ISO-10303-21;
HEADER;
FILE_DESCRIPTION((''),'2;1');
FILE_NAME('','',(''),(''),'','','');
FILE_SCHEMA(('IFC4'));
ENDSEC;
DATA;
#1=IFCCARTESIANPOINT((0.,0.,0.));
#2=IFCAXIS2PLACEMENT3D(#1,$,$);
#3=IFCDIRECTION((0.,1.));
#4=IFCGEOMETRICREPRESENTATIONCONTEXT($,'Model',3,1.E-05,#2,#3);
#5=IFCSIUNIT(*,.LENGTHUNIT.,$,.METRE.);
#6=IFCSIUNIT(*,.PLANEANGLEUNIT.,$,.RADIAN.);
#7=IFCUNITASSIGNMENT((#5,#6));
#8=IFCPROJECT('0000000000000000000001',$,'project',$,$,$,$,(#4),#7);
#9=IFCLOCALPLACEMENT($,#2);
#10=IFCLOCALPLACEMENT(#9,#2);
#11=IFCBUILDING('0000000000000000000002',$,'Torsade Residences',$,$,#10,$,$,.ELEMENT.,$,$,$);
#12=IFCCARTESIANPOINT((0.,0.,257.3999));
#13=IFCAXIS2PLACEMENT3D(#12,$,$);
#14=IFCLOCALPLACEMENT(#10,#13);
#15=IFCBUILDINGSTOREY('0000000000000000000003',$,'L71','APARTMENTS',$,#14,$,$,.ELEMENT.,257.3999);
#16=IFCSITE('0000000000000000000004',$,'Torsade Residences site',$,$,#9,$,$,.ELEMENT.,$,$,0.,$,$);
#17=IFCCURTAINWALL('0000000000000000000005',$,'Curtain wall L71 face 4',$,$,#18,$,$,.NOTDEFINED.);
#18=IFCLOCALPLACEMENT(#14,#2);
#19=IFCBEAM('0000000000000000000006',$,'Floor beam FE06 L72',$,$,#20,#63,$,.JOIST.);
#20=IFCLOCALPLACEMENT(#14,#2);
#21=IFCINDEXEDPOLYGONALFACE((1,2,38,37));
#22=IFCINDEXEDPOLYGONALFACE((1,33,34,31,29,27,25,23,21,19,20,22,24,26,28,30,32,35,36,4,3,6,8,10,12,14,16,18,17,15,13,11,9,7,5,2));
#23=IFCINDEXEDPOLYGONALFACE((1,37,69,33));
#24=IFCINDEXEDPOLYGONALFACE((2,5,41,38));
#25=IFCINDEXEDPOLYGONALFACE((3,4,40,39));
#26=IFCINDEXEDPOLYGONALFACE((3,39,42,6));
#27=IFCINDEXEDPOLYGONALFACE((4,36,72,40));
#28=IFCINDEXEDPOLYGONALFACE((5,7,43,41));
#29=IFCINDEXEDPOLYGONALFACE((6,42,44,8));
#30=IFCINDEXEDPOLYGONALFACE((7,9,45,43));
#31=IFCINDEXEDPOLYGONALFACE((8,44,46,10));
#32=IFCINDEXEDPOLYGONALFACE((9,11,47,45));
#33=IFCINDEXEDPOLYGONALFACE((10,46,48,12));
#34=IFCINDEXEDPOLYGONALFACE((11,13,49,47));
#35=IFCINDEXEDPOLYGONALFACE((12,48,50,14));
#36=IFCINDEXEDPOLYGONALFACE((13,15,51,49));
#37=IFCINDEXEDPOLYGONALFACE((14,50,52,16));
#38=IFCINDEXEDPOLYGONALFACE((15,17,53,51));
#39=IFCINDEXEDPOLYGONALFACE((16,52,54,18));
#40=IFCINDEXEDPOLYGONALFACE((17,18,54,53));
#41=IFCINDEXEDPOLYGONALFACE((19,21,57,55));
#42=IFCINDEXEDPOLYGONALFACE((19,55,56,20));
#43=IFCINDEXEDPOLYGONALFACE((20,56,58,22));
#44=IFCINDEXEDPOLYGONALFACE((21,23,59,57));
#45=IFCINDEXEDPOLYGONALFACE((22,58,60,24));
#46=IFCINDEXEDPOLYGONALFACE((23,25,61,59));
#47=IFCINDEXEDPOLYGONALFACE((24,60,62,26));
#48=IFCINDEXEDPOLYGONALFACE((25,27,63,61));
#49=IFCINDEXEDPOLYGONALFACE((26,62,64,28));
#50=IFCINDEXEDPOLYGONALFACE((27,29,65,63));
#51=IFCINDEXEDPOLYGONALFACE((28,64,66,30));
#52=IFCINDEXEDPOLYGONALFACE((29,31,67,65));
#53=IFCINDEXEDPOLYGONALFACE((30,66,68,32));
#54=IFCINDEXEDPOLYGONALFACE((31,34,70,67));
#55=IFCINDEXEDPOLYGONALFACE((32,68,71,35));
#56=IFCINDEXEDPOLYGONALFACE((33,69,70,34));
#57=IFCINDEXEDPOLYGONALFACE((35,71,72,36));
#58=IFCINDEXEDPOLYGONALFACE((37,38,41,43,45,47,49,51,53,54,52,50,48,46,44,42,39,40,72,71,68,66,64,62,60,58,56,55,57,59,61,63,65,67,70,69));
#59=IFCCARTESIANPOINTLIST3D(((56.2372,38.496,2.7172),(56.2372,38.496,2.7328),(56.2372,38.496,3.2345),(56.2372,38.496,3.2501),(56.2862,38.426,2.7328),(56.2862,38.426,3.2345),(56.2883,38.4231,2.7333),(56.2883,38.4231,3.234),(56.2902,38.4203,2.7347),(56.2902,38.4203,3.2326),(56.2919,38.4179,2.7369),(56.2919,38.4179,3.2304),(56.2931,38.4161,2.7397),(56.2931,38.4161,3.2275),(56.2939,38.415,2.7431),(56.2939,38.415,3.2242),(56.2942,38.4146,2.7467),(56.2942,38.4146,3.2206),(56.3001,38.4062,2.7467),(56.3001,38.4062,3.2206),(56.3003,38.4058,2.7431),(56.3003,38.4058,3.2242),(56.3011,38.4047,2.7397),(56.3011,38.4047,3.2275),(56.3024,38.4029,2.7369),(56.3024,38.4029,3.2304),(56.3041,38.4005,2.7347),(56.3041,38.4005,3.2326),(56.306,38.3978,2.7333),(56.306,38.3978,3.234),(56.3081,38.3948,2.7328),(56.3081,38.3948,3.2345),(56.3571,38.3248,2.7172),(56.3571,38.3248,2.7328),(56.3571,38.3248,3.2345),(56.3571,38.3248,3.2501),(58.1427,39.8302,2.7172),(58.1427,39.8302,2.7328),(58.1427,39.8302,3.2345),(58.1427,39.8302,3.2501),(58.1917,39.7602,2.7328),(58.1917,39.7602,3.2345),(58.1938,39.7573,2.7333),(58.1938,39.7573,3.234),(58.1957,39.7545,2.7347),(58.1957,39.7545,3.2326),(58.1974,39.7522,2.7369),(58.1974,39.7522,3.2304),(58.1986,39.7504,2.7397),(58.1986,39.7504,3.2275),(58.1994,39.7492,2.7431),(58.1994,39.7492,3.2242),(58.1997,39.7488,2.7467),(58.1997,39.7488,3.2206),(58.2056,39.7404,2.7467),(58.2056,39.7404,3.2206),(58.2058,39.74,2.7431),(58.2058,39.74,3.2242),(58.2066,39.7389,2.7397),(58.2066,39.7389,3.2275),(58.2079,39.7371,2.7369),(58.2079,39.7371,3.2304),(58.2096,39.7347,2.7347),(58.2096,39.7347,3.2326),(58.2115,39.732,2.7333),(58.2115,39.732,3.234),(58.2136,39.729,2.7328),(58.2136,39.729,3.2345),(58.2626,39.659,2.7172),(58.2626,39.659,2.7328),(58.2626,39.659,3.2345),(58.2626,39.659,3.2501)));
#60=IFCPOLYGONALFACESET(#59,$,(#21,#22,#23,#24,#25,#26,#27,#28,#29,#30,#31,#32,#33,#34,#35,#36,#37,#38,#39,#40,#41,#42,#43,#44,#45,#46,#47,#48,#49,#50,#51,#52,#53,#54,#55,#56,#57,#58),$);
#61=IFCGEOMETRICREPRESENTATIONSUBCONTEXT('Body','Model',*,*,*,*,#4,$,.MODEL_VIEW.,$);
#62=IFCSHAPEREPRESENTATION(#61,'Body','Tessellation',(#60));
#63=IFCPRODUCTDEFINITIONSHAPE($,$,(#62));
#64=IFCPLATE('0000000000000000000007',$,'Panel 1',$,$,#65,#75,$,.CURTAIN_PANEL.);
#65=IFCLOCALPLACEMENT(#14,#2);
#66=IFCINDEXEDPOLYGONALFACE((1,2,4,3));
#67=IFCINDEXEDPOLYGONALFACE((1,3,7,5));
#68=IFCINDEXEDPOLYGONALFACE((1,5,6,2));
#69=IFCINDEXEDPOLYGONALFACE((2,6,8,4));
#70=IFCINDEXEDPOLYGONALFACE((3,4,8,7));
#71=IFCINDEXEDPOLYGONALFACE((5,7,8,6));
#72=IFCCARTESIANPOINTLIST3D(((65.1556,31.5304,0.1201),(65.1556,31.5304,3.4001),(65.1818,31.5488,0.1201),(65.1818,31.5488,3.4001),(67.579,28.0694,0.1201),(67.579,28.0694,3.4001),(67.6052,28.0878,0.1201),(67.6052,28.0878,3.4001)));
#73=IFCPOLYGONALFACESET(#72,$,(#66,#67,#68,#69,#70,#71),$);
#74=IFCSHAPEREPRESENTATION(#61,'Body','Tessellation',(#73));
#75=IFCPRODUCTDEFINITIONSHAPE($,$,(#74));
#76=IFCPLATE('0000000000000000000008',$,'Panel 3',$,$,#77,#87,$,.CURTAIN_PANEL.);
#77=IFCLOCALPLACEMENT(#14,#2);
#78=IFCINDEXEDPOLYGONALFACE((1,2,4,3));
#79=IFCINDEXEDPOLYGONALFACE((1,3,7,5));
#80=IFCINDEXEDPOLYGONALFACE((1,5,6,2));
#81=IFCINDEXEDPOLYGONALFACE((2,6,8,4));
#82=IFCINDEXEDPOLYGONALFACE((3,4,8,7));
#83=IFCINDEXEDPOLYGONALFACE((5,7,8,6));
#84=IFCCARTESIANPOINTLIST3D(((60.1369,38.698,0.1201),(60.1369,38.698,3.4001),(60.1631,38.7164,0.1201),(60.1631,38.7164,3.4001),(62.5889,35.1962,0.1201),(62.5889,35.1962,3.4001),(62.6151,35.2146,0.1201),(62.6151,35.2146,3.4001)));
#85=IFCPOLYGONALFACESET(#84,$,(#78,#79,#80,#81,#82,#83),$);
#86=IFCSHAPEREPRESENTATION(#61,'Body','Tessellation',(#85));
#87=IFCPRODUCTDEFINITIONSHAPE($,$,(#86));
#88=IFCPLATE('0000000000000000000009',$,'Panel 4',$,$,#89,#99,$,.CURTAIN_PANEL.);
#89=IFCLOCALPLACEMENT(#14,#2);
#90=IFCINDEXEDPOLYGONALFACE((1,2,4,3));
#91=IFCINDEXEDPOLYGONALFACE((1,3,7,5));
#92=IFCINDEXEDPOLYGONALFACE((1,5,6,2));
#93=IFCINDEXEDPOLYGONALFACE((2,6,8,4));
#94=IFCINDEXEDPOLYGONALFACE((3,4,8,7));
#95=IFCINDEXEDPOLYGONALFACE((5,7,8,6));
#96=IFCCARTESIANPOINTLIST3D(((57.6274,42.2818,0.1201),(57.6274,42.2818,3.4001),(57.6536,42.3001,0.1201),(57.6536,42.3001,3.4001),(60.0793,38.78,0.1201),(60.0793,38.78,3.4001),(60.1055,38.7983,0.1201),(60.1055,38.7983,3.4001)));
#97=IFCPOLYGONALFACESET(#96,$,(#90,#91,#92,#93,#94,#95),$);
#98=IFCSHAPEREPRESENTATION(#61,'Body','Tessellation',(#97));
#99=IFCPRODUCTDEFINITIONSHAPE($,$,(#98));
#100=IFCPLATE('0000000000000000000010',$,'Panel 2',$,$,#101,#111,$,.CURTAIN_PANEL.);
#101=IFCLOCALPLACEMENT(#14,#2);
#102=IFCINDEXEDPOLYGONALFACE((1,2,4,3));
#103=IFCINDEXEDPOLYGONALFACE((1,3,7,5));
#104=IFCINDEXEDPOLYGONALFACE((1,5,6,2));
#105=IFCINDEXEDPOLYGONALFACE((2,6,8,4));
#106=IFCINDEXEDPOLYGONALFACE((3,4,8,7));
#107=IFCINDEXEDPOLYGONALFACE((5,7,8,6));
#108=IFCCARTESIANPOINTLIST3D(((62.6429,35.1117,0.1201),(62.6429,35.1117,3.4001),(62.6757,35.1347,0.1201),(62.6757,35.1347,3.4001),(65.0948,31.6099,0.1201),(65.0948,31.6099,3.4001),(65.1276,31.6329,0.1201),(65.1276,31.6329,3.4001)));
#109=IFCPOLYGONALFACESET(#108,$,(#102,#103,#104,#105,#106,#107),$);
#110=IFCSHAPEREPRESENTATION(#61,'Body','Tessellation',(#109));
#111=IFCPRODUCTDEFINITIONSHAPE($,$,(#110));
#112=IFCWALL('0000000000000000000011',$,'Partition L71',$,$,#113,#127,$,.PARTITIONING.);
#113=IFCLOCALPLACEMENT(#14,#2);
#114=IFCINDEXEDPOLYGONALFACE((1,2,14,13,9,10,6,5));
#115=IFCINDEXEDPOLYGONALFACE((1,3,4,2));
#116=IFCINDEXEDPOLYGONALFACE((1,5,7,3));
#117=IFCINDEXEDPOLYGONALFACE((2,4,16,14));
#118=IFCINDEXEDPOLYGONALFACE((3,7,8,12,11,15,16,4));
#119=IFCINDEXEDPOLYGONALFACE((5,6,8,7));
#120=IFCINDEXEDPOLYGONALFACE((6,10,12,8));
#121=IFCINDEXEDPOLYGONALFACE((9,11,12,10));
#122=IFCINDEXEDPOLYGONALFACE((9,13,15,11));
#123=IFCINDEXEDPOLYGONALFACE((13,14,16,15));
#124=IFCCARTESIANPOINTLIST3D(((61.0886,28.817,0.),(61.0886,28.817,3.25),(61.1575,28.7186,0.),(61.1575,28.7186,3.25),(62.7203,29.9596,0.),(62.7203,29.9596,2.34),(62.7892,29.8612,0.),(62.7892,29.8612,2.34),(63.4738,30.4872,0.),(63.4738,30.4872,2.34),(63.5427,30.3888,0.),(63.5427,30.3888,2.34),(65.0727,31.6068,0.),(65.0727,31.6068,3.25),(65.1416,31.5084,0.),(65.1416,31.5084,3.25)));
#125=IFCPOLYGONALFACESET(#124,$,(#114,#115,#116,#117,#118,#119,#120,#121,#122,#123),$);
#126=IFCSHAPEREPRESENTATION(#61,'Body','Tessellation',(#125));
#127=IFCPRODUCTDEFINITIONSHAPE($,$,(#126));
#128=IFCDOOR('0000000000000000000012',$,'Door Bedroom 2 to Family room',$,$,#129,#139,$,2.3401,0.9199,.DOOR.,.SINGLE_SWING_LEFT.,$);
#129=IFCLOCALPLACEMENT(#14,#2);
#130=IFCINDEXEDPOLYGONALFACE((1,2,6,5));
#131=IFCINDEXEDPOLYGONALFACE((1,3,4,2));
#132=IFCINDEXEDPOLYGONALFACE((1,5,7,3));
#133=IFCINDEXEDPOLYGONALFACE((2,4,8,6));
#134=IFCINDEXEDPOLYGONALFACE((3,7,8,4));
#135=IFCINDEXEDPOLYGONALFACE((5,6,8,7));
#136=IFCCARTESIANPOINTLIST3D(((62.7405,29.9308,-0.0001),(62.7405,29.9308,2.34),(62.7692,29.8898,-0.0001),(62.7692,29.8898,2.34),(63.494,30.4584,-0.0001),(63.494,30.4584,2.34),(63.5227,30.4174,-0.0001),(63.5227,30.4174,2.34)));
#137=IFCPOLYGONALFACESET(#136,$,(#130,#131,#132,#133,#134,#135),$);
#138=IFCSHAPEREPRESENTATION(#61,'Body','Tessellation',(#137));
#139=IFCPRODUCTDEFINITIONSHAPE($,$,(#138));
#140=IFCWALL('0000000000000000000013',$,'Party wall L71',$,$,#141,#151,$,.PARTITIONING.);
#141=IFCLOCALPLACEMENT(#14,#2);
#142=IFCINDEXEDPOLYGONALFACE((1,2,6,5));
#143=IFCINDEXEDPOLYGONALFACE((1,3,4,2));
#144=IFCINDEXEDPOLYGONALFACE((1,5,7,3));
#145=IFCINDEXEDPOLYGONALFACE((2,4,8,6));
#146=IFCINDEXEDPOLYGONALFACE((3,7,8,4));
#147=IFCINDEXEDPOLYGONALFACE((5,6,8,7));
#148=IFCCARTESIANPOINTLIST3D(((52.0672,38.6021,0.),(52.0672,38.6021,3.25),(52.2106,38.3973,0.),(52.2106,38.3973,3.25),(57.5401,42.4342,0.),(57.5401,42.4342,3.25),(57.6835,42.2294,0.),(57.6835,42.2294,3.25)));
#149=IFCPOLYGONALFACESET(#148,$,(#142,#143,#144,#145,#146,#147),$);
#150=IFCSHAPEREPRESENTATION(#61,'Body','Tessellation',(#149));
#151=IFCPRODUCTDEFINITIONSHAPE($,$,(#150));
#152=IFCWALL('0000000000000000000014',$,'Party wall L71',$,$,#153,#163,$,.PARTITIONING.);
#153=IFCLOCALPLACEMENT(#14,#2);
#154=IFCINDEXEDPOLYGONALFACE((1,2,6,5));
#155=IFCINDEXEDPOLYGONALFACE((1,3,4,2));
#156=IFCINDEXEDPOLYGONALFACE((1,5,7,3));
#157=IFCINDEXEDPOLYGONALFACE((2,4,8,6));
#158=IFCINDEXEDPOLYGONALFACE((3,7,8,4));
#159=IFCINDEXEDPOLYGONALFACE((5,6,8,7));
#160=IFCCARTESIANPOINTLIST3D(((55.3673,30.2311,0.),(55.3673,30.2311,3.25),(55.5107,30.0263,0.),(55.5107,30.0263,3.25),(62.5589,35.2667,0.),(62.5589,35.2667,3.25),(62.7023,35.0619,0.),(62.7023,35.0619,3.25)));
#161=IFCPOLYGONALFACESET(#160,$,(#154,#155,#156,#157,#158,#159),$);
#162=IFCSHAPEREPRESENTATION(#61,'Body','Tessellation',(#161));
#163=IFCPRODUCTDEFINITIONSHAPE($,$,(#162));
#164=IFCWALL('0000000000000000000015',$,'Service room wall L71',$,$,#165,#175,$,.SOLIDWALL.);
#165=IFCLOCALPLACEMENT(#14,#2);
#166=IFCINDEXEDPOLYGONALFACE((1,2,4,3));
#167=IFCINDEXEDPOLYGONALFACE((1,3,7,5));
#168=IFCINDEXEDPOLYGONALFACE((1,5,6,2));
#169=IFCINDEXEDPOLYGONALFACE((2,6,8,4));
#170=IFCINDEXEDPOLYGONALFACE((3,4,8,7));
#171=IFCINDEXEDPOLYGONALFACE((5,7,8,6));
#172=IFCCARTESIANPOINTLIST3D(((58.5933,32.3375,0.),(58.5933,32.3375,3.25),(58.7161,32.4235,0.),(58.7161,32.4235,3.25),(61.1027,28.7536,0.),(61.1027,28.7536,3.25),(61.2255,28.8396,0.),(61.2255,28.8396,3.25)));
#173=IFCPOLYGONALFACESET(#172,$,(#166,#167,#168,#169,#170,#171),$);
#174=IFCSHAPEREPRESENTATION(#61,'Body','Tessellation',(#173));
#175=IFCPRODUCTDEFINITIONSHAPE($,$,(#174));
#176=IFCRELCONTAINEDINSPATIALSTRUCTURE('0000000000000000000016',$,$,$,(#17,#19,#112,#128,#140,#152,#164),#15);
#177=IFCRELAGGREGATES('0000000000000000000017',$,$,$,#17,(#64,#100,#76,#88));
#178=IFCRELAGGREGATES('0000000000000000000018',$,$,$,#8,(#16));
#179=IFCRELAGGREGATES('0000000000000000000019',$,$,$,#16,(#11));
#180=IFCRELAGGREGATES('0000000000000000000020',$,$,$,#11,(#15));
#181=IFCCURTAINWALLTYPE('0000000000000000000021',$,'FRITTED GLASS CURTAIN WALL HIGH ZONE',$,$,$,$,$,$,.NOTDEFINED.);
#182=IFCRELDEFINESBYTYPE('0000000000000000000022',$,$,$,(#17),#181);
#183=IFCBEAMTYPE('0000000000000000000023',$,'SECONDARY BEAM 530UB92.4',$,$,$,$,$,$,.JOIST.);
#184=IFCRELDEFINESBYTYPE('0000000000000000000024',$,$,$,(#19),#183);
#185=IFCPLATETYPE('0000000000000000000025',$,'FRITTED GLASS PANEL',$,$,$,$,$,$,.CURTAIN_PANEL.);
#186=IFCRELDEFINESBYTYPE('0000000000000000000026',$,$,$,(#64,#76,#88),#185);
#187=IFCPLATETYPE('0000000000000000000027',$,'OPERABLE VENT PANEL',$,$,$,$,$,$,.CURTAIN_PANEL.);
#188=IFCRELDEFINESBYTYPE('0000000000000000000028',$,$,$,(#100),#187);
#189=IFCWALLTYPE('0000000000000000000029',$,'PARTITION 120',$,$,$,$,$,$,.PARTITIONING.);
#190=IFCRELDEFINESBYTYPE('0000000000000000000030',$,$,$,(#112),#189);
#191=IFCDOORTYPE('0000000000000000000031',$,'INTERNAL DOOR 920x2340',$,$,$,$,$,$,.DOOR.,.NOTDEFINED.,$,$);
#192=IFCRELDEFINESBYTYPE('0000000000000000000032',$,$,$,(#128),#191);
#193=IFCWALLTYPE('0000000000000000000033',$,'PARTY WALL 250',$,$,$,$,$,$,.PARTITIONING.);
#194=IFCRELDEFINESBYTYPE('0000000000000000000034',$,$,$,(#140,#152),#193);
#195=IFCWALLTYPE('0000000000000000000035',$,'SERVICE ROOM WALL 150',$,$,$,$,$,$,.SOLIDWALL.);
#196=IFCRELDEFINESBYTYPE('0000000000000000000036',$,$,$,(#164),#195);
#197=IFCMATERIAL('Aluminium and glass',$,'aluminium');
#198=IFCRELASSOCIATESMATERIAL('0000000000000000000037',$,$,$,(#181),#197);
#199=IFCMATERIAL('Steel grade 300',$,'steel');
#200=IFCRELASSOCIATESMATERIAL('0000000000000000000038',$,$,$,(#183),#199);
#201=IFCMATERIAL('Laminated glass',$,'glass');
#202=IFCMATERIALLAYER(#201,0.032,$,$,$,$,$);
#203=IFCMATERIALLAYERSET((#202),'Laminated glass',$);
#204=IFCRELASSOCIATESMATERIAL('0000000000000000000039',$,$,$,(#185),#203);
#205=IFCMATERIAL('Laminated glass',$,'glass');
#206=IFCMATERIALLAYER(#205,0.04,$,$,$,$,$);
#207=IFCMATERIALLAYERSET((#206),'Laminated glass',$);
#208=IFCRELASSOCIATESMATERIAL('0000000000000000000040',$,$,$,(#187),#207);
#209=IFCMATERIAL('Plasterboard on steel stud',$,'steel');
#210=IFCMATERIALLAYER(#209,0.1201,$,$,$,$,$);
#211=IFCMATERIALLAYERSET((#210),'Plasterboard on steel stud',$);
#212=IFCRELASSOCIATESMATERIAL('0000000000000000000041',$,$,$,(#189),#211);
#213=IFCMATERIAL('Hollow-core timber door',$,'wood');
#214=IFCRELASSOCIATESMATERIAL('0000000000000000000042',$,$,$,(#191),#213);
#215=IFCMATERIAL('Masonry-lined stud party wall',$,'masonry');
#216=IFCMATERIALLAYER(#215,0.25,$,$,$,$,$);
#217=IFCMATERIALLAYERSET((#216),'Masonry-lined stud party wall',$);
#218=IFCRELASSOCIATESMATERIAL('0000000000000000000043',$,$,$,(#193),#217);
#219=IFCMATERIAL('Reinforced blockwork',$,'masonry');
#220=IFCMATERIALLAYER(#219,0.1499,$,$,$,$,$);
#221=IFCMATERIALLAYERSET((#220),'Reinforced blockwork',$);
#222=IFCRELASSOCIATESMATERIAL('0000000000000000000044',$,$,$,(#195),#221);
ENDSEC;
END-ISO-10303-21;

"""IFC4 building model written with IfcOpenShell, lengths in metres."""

from ifc_helpers import new_model, si_unit, direction, frame, frame_2d, origin, origin_2d, place, context, subcontext, project, spatial, rectangle, i_section, extrude, material, layer, layer_set, material_profile, profile_set, type_object, element, fill, aggregate, save


model = new_model("IFC4")

# Units and contexts
model_context = context("Model", 3, precision=1e-05, world=origin(), true_north=direction((0.0, 1.0)))
body_context = subcontext(model_context, "Body", "Model", "MODEL_VIEW")
ifc_project = project(units=[si_unit("LENGTHUNIT", "METRE"), si_unit("PLANEANGLEUNIT", "RADIAN")], contexts=[model_context])

# Site, building, storey
site_placement = place(None, origin())
site = spatial("IfcSite", under=ifc_project, at=site_placement, Name="Torsade Residences site", CompositionType="ELEMENT", RefElevation=0.0)
building_placement = place(site_placement, origin())
building = spatial("IfcBuilding", under=site, at=building_placement, Name="Torsade Residences", CompositionType="ELEMENT")
storey_placement = place(building_placement, frame((0.0, 0.0, 257.3999)))
storey = spatial("IfcBuildingStorey", under=building, at=storey_placement, Name="L71", Description="APARTMENTS", CompositionType="ELEMENT", Elevation=257.3999)

# Curtain wall
ifc_material_1 = material(Name="Aluminium and glass", Category="aluminium")
curtain_wall_type = type_object("IfcCurtainWallType", Name="FRITTED GLASS CURTAIN WALL HIGH ZONE", PredefinedType="NOTDEFINED", material=ifc_material_1)
curtain_wall_placement = place(storey_placement, origin())
curtain_wall = element("IfcCurtainWall", 1, at=curtain_wall_placement, inside=storey, type_object=curtain_wall_type, Name="Curtain wall L71 face 4", PredefinedType="NOTDEFINED")

# Beam
ifc_material_2 = material(Name="Steel grade 300", Category="steel")
ifc_material_profile_1 = material_profile(ifc_material_2, i_section(OverallWidth=0.209, OverallDepth=0.533, WebThickness=0.0103, FlangeThickness=0.0156, FilletRadius=0.0139, at=origin_2d()), Name="530UB92.4")
ifc_profile_set_1 = profile_set([ifc_material_profile_1], Name="Steel grade 300")
beam_type_1 = type_object("IfcBeamType", Name="SECONDARY BEAM 530UB92.4", PredefinedType="JOIST", material=ifc_profile_set_1)
beam_1_placement = place(storey_placement, frame((58.2026, 39.7446, 2.9836), z_axis=(-0.819158, -0.573568, 0.0), x_axis=(0.573568, -0.819158, 0.0)))
element("IfcBeam", 2, at=beam_1_placement, inside=storey, type_object=beam_type_1, Name="Floor beam FE06 L72", PredefinedType="JOIST", context=body_context, shape_type="SweptSolid", body=[
    extrude(i_section(OverallWidth=0.209, OverallDepth=0.533, WebThickness=0.0103, FlangeThickness=0.0156, FilletRadius=0.0139, at=origin_2d()), origin(), (0.0, 0.0, 1.0), 2.3262),
])

# Plates
ifc_material_3 = material(Name="Laminated glass", Category="glass")
ifc_layer_1 = layer(ifc_material_3, 0.032)
ifc_layer_set_1 = layer_set([ifc_layer_1], Name="Laminated glass")
plate_type_1 = type_object("IfcPlateType", Name="FRITTED GLASS PANEL", PredefinedType="CURTAIN_PANEL", material=ifc_layer_set_1)
plate_1_placement = place(storey_placement, frame((66.3804, 29.8091, 0.1201), z_axis=(0.0, 0.0, 1.0), x_axis=(-0.573576, 0.819152, 0.0)))
plate_1 = element("IfcPlate", 3, at=plate_1_placement, type_object=plate_type_1, Name="Panel 1", PredefinedType="CURTAIN_PANEL", context=body_context, shape_type="SweptSolid", body=[
    extrude(rectangle(XDim=4.2251, YDim=0.032, at=origin_2d()), origin(), (0.0, 0.0, 1.0), 3.28),
])
plate_2_placement = place(storey_placement, frame((61.376, 36.9563, 0.1201), z_axis=(0.0, 0.0, 1.0), x_axis=(-0.573576, 0.819152, 0.0)))
plate_2 = element("IfcPlate", 4, at=plate_2_placement, type_object=plate_type_1, Name="Panel 3", PredefinedType="CURTAIN_PANEL", context=body_context, shape_type="SweptSolid", body=[
    extrude(rectangle(XDim=4.2749, YDim=0.032, at=origin_2d()), origin(), (0.0, 0.0, 1.0), 3.28),
])
plate_3_placement = place(storey_placement, frame((58.8665, 40.54, 0.1201), z_axis=(0.0, 0.0, 1.0), x_axis=(-0.573576, 0.819152, 0.0)))
plate_3 = element("IfcPlate", 5, at=plate_3_placement, type_object=plate_type_1, Name="Panel 4", PredefinedType="CURTAIN_PANEL", context=body_context, shape_type="SweptSolid", body=[
    extrude(rectangle(XDim=4.2749, YDim=0.032, at=origin_2d()), origin(), (0.0, 0.0, 1.0), 3.28),
])
ifc_material_4 = material(Name="Laminated glass", Category="glass")
ifc_layer_2 = layer(ifc_material_4, 0.04)
ifc_layer_set_2 = layer_set([ifc_layer_2], Name="Laminated glass")
plate_type_2 = type_object("IfcPlateType", Name="OPERABLE VENT PANEL", PredefinedType="CURTAIN_PANEL", material=ifc_layer_set_2)
plate_4_placement = place(storey_placement, frame((63.8853, 33.3723, 0.1201), z_axis=(0.0, 0.0, 1.0), x_axis=(-0.573576, 0.819152, 0.0)))
plate_4 = element("IfcPlate", 6, at=plate_4_placement, type_object=plate_type_2, Name="Panel 2", PredefinedType="CURTAIN_PANEL", context=body_context, shape_type="SweptSolid", body=[
    extrude(rectangle(XDim=4.2749, YDim=0.04, at=origin_2d()), origin(), (0.0, 0.0, 1.0), 3.28),
])
aggregate(curtain_wall, [plate_1, plate_4, plate_2, plate_3])

# Wall, opening, door
ifc_material_5 = material(Name="Plasterboard on steel stud", Category="steel")
ifc_layer_3 = layer(ifc_material_5, 0.1201)
ifc_layer_set_3 = layer_set([ifc_layer_3], Name="Plasterboard on steel stud")
wall_type_1 = type_object("IfcWallType", Name="PARTITION 120", PredefinedType="PARTITIONING", material=ifc_layer_set_3)
wall_1_placement = place(storey_placement, frame((61.123, 28.7678, 0.0), z_axis=(0.0, 0.0, 1.0), x_axis=(0.819145, 0.573587, 0.0)))
wall_1 = element("IfcWall", 7, at=wall_1_placement, inside=storey, type_object=wall_type_1, Name="Partition L71", PredefinedType="PARTITIONING", context=body_context, shape_type="SweptSolid", body=[
    extrude(rectangle(XDim=4.8638, YDim=0.1201, at=frame_2d((2.4319, 0.0))), origin(), (0.0, 0.0, 1.0), 3.25),
])
opening_placement = place(wall_1_placement, frame((1.9919, 0.0, 0.0)))
opening = element("IfcOpeningElement", 8, at=opening_placement, cuts=wall_1, PredefinedType="OPENING", context=body_context, shape_type="SweptSolid", body=[
    extrude(rectangle(XDim=0.9199, YDim=2.3401, at=frame_2d((0.46, 1.1699))), frame((0.0, 0.0701, 0.0), z_axis=(0.0, -1.0, 0.0), x_axis=(1.0, 0.0, 0.0)), (0.0, 0.0, 1.0), 0.1401),
])
ifc_material_6 = material(Name="Hollow-core timber door", Category="wood")
door_type = type_object("IfcDoorType", Name="INTERNAL DOOR 920x2340", OperationType="NOTDEFINED", PredefinedType="DOOR", material=ifc_material_6)
door_placement = place(opening_placement, origin())
door = element("IfcDoor", 9, at=door_placement, inside=storey, type_object=door_type, Name="Door Bedroom 2 to Family room", OperationType="SINGLE_SWING_LEFT", OverallHeight=2.3401, OverallWidth=0.9199, PredefinedType="DOOR", context=body_context, shape_type="SweptSolid", body=[
    extrude(rectangle(XDim=0.9199, YDim=2.3401, at=frame_2d((0.46, 1.1699))), frame((0.0, 0.0249, 0.0), z_axis=(0.0, -1.0, 0.0), x_axis=(1.0, 0.0, 0.0)), (0.0, 0.0, 1.0), 0.05),
])
fill(opening, door)

# Walls
ifc_material_7 = material(Name="Masonry-lined stud party wall", Category="masonry")
ifc_layer_4 = layer(ifc_material_7, 0.25)
ifc_layer_set_4 = layer_set([ifc_layer_4], Name="Masonry-lined stud party wall")
wall_type_2 = type_object("IfcWallType", Name="PARTY WALL 250", PredefinedType="PARTITIONING", material=ifc_layer_set_4)
wall_2_placement = place(storey_placement, frame((57.6118, 42.3318, 0.0), z_axis=(0.0, 0.0, 1.0), x_axis=(-0.819162, -0.573563, 0.0)))
element("IfcWall", 10, at=wall_2_placement, inside=storey, type_object=wall_type_2, Name="Party wall L71", PredefinedType="PARTITIONING", context=body_context, shape_type="SweptSolid", body=[
    extrude(rectangle(XDim=6.6812, YDim=0.25, at=frame_2d((3.3406, 0.0))), origin(), (0.0, 0.0, 1.0), 3.25),
])
wall_3_placement = place(storey_placement, frame((62.6306, 35.1643, 0.0), z_axis=(0.0, 0.0, 1.0), x_axis=(-0.819152, -0.573576, 0.0)))
element("IfcWall", 11, at=wall_3_placement, inside=storey, type_object=wall_type_2, Name="Party wall L71", PredefinedType="PARTITIONING", context=body_context, shape_type="SweptSolid", body=[
    extrude(rectangle(XDim=8.7793, YDim=0.25, at=frame_2d((4.3896, 0.0))), origin(), (0.0, 0.0, 1.0), 3.25),
])
ifc_material_8 = material(Name="Reinforced blockwork", Category="masonry")
ifc_layer_5 = layer(ifc_material_8, 0.1499)
ifc_layer_set_5 = layer_set([ifc_layer_5], Name="Reinforced blockwork")
wall_type_3 = type_object("IfcWallType", Name="SERVICE ROOM WALL 150", PredefinedType="SOLIDWALL", material=ifc_layer_set_5)
wall_4_placement = place(storey_placement, frame((61.1641, 28.7966, 0.0), z_axis=(0.0, 0.0, 1.0), x_axis=(-0.573563, 0.819161, 0.0)))
element("IfcWall", 12, at=wall_4_placement, inside=storey, type_object=wall_type_3, Name="Service room wall L71", PredefinedType="SOLIDWALL", context=body_context, shape_type="SweptSolid", body=[
    extrude(rectangle(XDim=4.375, YDim=0.1499, at=frame_2d((2.1875, 0.0))), origin(), (0.0, 0.0, 1.0), 3.25),
])

save(model, "model.ifc")
